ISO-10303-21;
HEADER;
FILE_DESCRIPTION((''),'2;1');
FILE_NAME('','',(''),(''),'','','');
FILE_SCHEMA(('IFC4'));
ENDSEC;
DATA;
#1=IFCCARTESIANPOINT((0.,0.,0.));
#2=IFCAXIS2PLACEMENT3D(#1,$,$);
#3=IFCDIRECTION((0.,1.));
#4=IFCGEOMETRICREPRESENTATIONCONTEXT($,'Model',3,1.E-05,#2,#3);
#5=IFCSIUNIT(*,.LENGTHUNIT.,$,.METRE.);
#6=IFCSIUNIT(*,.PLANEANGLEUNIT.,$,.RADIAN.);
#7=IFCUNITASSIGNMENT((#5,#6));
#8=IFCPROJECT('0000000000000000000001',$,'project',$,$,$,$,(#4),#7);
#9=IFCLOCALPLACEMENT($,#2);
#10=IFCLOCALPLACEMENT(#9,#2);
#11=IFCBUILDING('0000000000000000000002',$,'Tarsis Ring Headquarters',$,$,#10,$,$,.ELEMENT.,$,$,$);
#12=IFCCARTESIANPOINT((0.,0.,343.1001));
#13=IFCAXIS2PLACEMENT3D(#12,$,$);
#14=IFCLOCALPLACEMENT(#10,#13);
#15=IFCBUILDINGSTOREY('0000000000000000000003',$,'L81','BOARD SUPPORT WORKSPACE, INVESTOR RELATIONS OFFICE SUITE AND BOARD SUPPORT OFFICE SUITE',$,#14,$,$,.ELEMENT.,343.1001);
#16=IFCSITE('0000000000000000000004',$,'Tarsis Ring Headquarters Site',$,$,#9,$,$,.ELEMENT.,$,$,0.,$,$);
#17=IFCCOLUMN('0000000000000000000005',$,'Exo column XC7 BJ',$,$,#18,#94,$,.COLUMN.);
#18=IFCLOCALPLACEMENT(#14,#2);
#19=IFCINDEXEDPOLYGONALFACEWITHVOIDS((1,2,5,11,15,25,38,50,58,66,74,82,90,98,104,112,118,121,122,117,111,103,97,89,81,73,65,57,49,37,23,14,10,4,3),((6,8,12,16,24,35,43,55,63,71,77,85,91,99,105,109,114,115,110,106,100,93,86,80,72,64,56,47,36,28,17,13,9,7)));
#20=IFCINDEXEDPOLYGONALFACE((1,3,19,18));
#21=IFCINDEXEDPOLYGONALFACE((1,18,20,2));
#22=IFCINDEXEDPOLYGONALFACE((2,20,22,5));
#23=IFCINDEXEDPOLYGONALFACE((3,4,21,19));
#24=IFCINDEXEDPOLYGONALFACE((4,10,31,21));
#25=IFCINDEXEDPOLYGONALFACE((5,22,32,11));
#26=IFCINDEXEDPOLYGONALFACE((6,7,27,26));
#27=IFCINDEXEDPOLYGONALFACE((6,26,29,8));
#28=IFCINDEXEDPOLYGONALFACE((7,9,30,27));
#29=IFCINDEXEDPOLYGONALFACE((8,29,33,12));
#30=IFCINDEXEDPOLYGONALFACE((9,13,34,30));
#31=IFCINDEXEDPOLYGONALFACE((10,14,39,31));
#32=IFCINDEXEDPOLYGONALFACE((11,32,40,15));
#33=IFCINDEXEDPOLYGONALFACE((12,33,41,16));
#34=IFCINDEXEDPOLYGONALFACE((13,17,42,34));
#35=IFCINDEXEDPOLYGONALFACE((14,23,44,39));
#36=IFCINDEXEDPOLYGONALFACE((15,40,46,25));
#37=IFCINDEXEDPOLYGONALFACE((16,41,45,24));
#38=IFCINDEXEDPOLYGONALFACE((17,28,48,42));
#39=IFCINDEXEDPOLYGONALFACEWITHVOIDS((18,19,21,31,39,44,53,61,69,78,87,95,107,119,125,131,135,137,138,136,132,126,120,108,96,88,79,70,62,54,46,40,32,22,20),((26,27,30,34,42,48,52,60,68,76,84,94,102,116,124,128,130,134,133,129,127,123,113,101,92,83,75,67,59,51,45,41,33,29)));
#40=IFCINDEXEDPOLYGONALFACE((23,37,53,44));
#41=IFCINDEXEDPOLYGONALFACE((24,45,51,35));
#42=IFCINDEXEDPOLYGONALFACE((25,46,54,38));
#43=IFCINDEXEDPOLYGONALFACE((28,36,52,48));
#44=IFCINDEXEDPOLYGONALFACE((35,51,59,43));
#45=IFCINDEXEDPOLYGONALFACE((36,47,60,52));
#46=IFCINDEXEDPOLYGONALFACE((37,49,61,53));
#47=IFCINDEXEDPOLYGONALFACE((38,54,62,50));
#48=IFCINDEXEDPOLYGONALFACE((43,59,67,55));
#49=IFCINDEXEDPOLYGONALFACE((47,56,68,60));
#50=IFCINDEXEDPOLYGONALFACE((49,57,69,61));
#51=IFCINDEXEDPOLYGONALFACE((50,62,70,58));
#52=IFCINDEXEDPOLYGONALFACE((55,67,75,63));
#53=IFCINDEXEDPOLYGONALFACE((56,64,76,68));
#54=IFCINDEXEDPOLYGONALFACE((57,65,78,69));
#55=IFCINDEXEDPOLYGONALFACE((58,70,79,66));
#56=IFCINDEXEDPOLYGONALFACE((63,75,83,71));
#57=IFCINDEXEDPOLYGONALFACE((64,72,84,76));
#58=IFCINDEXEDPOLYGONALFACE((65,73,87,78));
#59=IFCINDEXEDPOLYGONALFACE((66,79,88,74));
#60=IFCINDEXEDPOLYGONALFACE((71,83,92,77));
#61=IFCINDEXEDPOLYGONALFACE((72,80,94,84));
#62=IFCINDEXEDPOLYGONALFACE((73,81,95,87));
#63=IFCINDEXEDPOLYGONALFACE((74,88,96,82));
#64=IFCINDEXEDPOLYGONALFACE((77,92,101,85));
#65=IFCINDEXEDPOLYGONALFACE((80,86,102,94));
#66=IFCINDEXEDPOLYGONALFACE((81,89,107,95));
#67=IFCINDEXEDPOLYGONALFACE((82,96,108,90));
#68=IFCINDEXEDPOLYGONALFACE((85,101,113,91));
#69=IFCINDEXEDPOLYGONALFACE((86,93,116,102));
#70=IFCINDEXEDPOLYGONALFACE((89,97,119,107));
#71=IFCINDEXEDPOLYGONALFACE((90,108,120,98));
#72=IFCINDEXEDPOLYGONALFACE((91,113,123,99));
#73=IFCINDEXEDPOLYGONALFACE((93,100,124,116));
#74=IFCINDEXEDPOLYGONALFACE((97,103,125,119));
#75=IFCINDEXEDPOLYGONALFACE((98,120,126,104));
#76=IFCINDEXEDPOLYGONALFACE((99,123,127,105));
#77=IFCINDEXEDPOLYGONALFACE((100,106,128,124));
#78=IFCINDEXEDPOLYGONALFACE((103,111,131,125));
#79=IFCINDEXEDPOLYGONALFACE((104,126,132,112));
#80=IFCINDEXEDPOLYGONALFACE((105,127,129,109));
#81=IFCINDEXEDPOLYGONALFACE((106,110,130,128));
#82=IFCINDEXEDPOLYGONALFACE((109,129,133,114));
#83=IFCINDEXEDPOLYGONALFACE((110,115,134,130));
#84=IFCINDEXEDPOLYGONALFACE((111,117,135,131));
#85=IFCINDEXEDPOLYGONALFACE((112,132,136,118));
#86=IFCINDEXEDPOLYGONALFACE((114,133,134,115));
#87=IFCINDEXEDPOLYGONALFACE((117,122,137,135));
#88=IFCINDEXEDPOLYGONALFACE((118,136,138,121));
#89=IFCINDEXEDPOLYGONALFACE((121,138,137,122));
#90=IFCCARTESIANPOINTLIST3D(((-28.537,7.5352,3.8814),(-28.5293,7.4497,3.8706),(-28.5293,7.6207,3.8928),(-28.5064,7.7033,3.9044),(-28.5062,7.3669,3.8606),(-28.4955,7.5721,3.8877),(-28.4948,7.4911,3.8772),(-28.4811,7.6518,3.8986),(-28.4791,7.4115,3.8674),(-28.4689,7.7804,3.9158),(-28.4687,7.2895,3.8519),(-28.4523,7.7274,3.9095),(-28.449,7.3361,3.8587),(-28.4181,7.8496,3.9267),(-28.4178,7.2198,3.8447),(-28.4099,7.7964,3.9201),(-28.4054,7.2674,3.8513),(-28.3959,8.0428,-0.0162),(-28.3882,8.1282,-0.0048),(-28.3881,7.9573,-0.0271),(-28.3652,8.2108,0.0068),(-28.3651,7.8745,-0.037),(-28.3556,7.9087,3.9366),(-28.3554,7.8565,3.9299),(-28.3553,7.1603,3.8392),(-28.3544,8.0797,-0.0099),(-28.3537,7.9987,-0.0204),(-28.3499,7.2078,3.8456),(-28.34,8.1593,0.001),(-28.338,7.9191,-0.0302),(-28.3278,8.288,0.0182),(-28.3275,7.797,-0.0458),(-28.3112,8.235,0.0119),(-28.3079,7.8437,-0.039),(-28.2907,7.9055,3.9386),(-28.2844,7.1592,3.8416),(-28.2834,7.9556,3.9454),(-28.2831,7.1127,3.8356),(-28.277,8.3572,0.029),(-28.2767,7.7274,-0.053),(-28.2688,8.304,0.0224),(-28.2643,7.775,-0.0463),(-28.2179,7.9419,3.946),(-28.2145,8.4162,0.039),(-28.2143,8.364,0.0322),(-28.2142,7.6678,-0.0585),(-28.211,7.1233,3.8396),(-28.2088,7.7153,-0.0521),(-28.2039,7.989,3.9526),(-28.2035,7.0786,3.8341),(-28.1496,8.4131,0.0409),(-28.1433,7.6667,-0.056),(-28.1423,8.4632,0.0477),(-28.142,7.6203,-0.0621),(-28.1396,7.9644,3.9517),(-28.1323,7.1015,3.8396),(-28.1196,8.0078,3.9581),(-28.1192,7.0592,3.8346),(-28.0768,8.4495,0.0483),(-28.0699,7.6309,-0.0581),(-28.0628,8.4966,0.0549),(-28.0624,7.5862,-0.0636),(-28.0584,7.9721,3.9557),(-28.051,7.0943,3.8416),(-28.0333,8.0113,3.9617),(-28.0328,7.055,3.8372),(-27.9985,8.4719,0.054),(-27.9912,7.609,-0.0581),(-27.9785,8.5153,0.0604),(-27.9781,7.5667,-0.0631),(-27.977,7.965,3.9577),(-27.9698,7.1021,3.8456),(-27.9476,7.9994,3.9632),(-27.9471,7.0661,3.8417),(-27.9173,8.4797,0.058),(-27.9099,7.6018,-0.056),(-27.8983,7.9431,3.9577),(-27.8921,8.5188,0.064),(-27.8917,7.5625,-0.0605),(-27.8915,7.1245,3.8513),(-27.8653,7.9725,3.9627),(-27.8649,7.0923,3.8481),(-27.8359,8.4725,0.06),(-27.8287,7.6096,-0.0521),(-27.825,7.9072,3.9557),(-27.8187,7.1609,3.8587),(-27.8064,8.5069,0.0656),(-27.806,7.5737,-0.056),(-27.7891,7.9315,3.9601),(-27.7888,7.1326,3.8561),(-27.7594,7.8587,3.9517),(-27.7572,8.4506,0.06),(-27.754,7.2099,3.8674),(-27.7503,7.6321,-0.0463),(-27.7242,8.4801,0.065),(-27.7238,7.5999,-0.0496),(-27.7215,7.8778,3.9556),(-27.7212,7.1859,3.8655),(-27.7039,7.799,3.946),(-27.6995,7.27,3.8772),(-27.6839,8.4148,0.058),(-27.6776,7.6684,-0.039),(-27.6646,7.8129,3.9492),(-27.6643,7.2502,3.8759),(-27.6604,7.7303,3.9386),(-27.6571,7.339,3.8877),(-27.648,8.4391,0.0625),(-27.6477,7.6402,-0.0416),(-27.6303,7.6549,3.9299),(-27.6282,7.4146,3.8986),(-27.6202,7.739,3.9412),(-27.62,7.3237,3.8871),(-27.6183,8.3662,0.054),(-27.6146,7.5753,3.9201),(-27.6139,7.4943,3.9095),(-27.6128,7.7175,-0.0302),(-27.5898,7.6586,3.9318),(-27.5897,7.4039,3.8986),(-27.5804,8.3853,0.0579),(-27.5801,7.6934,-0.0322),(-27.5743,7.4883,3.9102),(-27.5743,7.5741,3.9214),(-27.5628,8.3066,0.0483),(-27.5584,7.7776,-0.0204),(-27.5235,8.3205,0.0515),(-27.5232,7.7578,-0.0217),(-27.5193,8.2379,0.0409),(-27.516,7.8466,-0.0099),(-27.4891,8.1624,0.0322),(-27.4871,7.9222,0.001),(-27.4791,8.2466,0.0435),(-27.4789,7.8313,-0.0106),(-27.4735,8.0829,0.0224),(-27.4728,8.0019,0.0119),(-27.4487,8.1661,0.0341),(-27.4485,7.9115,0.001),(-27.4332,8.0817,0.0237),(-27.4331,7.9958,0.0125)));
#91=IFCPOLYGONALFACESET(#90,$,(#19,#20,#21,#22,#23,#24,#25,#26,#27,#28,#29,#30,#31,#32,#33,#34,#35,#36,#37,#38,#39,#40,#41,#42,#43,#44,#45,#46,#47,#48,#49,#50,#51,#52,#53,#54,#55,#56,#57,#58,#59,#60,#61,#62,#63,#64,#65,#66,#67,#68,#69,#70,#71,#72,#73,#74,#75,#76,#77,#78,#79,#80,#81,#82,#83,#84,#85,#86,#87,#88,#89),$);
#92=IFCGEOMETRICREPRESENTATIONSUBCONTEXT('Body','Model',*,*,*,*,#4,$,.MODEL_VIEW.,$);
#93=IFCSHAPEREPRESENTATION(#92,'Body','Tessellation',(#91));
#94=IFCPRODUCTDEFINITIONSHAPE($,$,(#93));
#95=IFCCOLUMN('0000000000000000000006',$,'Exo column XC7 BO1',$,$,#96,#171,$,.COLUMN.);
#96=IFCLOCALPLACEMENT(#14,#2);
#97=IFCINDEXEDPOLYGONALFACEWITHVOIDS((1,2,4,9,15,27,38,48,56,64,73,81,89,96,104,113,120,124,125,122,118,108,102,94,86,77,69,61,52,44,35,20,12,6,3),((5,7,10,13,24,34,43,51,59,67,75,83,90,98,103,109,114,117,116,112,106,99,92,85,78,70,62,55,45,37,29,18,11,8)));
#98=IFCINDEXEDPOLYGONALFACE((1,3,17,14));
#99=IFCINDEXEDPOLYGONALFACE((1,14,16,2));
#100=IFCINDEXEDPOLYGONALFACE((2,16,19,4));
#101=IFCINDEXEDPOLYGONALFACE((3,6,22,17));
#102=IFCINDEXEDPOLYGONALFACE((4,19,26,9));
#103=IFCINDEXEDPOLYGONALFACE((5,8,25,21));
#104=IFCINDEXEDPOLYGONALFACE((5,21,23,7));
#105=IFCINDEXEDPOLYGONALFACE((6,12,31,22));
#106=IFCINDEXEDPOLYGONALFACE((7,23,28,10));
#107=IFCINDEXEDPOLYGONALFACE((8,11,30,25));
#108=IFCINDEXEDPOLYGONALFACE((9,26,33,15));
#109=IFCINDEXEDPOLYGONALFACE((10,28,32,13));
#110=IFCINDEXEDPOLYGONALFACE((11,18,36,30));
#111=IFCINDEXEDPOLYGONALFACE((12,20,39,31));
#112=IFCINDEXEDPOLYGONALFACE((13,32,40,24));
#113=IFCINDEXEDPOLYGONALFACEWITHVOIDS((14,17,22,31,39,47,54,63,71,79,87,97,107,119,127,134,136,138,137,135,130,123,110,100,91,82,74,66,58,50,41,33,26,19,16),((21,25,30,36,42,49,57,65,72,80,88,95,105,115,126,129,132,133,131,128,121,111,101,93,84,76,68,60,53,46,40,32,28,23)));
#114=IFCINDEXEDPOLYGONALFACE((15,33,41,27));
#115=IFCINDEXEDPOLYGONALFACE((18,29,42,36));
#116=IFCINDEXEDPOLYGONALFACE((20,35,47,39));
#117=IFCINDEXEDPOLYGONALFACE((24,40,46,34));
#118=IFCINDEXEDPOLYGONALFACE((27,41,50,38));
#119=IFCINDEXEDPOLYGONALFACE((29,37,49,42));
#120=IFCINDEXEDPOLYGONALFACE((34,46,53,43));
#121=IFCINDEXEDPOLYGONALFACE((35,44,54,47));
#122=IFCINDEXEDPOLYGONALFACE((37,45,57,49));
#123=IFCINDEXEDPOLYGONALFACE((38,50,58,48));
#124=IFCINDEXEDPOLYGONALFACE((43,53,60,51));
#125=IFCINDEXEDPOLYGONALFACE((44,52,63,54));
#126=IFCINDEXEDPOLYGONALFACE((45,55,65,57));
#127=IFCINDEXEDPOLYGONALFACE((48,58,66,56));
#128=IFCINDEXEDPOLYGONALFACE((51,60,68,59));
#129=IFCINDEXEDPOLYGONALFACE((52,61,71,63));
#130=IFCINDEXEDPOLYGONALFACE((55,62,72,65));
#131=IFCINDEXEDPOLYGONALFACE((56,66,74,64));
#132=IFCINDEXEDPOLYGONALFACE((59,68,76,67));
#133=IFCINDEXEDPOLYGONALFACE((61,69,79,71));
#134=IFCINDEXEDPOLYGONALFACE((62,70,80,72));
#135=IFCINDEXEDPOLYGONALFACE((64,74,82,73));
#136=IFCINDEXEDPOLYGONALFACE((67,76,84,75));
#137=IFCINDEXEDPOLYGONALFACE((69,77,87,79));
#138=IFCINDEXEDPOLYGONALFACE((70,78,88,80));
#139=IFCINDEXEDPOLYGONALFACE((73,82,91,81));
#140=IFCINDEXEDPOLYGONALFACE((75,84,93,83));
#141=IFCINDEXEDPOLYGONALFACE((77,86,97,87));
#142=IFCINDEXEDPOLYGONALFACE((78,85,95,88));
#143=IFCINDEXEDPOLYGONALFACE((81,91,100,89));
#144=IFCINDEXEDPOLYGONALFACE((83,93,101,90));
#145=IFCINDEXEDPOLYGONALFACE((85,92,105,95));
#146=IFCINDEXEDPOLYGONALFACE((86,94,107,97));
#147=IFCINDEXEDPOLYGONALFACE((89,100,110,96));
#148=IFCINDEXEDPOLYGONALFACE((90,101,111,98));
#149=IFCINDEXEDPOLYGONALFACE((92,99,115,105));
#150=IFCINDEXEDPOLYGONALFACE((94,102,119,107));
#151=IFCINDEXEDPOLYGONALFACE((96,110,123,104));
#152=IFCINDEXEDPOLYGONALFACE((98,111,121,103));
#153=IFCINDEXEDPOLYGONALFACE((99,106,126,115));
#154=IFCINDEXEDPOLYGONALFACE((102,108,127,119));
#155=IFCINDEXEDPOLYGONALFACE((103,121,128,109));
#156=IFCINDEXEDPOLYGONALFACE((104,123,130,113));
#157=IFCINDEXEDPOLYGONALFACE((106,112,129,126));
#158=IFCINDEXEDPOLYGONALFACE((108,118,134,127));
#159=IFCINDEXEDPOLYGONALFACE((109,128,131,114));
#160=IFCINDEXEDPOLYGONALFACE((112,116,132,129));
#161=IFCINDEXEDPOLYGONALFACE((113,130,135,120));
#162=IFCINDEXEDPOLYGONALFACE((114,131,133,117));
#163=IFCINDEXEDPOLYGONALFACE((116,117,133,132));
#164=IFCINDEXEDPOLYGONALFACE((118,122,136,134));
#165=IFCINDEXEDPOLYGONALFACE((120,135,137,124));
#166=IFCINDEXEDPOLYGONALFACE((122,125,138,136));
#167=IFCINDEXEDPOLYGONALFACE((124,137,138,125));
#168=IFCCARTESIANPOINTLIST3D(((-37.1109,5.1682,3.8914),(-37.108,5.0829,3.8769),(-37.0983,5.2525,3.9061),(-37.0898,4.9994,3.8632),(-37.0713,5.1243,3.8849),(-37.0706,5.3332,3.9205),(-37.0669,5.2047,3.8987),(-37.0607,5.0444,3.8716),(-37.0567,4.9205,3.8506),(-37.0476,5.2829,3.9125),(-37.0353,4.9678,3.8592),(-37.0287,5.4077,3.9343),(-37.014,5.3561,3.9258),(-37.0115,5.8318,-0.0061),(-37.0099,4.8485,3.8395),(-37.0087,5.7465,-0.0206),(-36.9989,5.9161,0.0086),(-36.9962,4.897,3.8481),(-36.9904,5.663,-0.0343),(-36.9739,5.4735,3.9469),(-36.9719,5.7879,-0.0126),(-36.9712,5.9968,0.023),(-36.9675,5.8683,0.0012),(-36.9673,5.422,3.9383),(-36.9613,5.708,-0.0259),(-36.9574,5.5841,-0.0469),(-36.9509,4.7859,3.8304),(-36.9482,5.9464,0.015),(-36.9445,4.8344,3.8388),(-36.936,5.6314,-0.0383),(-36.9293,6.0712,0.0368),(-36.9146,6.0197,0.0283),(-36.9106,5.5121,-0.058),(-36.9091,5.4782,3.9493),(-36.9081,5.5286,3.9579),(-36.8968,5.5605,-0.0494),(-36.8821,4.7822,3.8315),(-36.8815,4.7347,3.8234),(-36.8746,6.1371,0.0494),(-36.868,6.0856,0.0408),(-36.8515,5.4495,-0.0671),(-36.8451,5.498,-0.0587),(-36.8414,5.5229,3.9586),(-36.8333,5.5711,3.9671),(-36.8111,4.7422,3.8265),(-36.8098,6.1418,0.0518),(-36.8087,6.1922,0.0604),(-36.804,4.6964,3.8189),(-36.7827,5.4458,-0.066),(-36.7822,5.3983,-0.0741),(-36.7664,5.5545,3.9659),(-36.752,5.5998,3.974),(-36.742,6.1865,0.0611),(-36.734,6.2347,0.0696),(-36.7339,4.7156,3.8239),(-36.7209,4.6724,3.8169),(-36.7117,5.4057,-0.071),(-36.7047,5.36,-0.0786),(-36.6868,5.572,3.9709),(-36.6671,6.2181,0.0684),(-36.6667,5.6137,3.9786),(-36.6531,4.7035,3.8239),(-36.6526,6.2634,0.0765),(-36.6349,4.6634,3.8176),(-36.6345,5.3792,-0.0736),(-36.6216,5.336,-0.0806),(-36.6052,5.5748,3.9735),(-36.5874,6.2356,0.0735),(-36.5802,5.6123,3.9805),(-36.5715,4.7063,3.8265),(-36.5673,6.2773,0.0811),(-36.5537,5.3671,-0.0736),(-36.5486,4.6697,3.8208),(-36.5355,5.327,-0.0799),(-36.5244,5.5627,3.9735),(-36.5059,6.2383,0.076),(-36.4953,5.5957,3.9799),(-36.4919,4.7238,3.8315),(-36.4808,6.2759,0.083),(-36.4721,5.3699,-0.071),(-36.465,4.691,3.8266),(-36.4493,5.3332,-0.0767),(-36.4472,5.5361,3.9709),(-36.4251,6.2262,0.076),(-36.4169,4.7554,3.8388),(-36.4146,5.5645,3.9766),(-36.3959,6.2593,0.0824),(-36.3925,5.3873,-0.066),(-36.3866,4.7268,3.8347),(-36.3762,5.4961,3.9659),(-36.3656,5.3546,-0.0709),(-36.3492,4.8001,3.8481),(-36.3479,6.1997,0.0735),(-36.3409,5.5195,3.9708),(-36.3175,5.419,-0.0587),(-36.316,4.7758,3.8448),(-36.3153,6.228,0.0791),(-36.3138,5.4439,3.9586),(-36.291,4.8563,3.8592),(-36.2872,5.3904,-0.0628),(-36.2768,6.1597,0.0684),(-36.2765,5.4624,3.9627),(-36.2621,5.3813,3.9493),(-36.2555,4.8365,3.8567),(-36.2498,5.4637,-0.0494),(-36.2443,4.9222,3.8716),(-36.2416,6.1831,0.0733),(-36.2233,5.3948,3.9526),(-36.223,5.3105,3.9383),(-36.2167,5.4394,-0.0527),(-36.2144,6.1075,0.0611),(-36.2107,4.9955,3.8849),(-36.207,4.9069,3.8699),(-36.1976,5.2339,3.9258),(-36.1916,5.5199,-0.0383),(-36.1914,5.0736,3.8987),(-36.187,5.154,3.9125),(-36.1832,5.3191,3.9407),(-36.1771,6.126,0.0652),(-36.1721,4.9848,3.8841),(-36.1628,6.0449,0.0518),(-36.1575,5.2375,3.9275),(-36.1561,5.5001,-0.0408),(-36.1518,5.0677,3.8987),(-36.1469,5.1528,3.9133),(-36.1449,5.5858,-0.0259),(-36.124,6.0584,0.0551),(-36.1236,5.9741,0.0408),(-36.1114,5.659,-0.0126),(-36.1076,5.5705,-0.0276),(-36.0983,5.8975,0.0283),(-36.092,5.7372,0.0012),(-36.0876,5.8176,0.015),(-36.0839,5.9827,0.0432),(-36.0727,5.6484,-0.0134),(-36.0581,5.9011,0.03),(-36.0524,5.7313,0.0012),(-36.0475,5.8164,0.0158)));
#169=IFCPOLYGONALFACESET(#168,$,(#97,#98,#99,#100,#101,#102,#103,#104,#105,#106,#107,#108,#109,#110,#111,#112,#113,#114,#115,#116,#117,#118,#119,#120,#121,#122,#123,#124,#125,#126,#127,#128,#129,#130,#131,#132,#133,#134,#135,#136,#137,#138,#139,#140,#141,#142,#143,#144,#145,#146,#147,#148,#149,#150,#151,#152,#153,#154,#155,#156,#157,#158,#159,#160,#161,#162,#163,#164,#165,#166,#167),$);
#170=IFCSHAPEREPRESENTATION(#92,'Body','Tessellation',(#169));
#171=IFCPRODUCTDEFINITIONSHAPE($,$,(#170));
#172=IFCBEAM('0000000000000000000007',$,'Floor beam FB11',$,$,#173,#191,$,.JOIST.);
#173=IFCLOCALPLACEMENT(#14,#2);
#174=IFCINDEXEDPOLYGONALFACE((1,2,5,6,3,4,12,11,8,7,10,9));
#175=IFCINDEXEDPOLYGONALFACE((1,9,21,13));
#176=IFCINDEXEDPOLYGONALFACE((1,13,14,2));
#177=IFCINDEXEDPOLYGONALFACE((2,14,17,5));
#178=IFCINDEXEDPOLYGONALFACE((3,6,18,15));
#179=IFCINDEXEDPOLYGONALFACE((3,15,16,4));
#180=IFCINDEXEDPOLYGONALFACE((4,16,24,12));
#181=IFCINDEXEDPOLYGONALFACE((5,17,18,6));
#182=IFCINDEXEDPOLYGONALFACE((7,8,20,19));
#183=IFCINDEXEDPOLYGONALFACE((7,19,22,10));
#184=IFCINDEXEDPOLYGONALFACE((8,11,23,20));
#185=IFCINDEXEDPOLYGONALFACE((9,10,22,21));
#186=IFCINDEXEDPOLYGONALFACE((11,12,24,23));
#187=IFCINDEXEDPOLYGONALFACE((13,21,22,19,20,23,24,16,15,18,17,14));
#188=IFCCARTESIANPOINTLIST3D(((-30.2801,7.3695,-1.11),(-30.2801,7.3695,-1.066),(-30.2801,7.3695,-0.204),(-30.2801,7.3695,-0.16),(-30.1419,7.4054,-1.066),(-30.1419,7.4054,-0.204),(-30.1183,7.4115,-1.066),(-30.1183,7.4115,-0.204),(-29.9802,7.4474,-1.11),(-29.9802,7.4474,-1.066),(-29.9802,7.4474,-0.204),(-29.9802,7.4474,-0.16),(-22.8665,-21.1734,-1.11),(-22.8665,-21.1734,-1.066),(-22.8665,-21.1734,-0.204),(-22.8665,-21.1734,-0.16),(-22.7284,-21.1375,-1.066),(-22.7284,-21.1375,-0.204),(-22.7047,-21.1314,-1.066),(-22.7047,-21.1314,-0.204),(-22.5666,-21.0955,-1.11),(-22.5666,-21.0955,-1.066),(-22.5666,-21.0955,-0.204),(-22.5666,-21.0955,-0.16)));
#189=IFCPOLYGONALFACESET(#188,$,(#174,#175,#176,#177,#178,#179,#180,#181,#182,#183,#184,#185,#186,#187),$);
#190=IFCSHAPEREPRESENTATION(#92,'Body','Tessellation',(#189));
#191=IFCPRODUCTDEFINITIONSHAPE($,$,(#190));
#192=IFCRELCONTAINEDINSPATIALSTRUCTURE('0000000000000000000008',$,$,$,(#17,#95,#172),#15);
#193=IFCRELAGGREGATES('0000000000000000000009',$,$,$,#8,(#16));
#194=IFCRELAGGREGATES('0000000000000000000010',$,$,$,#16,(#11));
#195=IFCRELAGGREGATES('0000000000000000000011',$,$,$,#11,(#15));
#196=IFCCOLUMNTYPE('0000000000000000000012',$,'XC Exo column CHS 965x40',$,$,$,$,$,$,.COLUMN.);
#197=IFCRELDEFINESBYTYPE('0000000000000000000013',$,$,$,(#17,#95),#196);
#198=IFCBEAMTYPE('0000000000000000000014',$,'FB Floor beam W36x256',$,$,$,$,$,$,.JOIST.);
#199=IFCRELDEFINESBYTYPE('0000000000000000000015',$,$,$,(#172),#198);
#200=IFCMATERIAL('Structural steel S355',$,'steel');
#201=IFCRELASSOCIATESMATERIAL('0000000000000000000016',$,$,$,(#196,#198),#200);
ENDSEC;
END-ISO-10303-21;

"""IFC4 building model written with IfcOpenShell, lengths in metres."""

from ifc_helpers import new_model, si_unit, direction, frame, origin, origin_2d, place, context, subcontext, project, spatial, hollow_circle, i_section, extrude, material, material_profile, profile_set, type_object, element, save


model = new_model("IFC4")

# Units and contexts
model_context = context("Model", 3, precision=1e-05, world=origin(), true_north=direction((0.0, 1.0)))
body_context = subcontext(model_context, "Body", "Model", "MODEL_VIEW")
ifc_project = project(units=[si_unit("LENGTHUNIT", "METRE"), si_unit("PLANEANGLEUNIT", "RADIAN")], contexts=[model_context])

# Site, building, storey
site_placement = place(None, origin())
site = spatial("IfcSite", under=ifc_project, at=site_placement, Name="Tarsis Ring Headquarters Site", CompositionType="ELEMENT", RefElevation=0.0)
building_placement = place(site_placement, origin())
building = spatial("IfcBuilding", under=site, at=building_placement, Name="Tarsis Ring Headquarters", CompositionType="ELEMENT")
storey_placement = place(building_placement, frame((0.0, 0.0, 343.1001)))
storey = spatial("IfcBuildingStorey", under=building, at=storey_placement, Name="L81", Description="BOARD SUPPORT WORKSPACE, INVESTOR RELATIONS OFFICE SUITE AND BOARD SUPPORT OFFICE SUITE", CompositionType="ELEMENT", Elevation=343.1001)

# Columns
ifc_material_1 = material(Name="Structural steel S355", Category="steel")
ifc_material_profile_1 = material_profile(ifc_material_1, hollow_circle(Radius=0.4827, WallThickness=0.04, at=origin_2d()), Name="CHS 965x40")
ifc_profile_set_1 = profile_set([ifc_material_profile_1], Name="Structural steel S355")
column_type = type_object("IfcColumnType", Name="XC Exo column CHS 965x40", PredefinedType="COLUMN", material=ifc_profile_set_1)
column_1_placement = place(storey_placement, frame((-27.9136, 8.0408, 0.001), z_axis=(-0.035878, -0.129049, 0.990989), x_axis=(0.963458, -0.267859, 0.0)))
element("IfcColumn", 1, at=column_1_placement, inside=storey, type_object=column_type, Name="Exo column XC7 BJ", PredefinedType="COLUMN", context=body_context, shape_type="SweptSolid", body=[
    extrude(hollow_circle(Radius=0.4827, WallThickness=0.04, at=origin_2d()), origin(), (0.0, 0.0, 1.0), 3.9331),
])
column_2_placement = place(storey_placement, frame((-36.5298, 5.8027, 0.0012), z_axis=(-0.025125, -0.16779, 0.985503), x_axis=(0.988974, -0.148091, 0.0)))
element("IfcColumn", 2, at=column_2_placement, inside=storey, type_object=column_type, Name="Exo column XC7 BO1", PredefinedType="COLUMN", context=body_context, shape_type="SweptSolid", body=[
    extrude(hollow_circle(Radius=0.4827, WallThickness=0.04, at=origin_2d()), origin(), (0.0, 0.0, 1.0), 3.9548),
])

# Beam
ifc_material_profile_2 = material_profile(ifc_material_1, i_section(OverallWidth=0.3098, OverallDepth=0.95, WebThickness=0.0244, FlangeThickness=0.0439, at=origin_2d()), Name="W36x256")
ifc_profile_set_2 = profile_set([ifc_material_profile_2], Name="Structural steel S355")
beam_type_1 = type_object("IfcBeamType", Name="FB Floor beam W36x256", PredefinedType="JOIST", material=ifc_profile_set_2)
for number, where, z_axis, x_axis, name in (
    (3, (-30.1301, 7.4084, -0.635), (0.251393, -0.967885, 0.0), (0.967885, 0.251393, 0.0), "Floor beam FB11"),
):
    element("IfcBeam", number, at=place(storey_placement, frame(where, z_axis=z_axis, x_axis=x_axis)), inside=storey, type_object=beam_type_1, Name=name, PredefinedType="JOIST", context=body_context, shape_type="SweptSolid", body=[
        extrude(i_section(OverallWidth=0.3098, OverallDepth=0.95, WebThickness=0.0244, FlangeThickness=0.0439, at=origin_2d()), origin(), (0.0, 0.0, 1.0), 29.49),
    ])

save(model, "model.ifc")
